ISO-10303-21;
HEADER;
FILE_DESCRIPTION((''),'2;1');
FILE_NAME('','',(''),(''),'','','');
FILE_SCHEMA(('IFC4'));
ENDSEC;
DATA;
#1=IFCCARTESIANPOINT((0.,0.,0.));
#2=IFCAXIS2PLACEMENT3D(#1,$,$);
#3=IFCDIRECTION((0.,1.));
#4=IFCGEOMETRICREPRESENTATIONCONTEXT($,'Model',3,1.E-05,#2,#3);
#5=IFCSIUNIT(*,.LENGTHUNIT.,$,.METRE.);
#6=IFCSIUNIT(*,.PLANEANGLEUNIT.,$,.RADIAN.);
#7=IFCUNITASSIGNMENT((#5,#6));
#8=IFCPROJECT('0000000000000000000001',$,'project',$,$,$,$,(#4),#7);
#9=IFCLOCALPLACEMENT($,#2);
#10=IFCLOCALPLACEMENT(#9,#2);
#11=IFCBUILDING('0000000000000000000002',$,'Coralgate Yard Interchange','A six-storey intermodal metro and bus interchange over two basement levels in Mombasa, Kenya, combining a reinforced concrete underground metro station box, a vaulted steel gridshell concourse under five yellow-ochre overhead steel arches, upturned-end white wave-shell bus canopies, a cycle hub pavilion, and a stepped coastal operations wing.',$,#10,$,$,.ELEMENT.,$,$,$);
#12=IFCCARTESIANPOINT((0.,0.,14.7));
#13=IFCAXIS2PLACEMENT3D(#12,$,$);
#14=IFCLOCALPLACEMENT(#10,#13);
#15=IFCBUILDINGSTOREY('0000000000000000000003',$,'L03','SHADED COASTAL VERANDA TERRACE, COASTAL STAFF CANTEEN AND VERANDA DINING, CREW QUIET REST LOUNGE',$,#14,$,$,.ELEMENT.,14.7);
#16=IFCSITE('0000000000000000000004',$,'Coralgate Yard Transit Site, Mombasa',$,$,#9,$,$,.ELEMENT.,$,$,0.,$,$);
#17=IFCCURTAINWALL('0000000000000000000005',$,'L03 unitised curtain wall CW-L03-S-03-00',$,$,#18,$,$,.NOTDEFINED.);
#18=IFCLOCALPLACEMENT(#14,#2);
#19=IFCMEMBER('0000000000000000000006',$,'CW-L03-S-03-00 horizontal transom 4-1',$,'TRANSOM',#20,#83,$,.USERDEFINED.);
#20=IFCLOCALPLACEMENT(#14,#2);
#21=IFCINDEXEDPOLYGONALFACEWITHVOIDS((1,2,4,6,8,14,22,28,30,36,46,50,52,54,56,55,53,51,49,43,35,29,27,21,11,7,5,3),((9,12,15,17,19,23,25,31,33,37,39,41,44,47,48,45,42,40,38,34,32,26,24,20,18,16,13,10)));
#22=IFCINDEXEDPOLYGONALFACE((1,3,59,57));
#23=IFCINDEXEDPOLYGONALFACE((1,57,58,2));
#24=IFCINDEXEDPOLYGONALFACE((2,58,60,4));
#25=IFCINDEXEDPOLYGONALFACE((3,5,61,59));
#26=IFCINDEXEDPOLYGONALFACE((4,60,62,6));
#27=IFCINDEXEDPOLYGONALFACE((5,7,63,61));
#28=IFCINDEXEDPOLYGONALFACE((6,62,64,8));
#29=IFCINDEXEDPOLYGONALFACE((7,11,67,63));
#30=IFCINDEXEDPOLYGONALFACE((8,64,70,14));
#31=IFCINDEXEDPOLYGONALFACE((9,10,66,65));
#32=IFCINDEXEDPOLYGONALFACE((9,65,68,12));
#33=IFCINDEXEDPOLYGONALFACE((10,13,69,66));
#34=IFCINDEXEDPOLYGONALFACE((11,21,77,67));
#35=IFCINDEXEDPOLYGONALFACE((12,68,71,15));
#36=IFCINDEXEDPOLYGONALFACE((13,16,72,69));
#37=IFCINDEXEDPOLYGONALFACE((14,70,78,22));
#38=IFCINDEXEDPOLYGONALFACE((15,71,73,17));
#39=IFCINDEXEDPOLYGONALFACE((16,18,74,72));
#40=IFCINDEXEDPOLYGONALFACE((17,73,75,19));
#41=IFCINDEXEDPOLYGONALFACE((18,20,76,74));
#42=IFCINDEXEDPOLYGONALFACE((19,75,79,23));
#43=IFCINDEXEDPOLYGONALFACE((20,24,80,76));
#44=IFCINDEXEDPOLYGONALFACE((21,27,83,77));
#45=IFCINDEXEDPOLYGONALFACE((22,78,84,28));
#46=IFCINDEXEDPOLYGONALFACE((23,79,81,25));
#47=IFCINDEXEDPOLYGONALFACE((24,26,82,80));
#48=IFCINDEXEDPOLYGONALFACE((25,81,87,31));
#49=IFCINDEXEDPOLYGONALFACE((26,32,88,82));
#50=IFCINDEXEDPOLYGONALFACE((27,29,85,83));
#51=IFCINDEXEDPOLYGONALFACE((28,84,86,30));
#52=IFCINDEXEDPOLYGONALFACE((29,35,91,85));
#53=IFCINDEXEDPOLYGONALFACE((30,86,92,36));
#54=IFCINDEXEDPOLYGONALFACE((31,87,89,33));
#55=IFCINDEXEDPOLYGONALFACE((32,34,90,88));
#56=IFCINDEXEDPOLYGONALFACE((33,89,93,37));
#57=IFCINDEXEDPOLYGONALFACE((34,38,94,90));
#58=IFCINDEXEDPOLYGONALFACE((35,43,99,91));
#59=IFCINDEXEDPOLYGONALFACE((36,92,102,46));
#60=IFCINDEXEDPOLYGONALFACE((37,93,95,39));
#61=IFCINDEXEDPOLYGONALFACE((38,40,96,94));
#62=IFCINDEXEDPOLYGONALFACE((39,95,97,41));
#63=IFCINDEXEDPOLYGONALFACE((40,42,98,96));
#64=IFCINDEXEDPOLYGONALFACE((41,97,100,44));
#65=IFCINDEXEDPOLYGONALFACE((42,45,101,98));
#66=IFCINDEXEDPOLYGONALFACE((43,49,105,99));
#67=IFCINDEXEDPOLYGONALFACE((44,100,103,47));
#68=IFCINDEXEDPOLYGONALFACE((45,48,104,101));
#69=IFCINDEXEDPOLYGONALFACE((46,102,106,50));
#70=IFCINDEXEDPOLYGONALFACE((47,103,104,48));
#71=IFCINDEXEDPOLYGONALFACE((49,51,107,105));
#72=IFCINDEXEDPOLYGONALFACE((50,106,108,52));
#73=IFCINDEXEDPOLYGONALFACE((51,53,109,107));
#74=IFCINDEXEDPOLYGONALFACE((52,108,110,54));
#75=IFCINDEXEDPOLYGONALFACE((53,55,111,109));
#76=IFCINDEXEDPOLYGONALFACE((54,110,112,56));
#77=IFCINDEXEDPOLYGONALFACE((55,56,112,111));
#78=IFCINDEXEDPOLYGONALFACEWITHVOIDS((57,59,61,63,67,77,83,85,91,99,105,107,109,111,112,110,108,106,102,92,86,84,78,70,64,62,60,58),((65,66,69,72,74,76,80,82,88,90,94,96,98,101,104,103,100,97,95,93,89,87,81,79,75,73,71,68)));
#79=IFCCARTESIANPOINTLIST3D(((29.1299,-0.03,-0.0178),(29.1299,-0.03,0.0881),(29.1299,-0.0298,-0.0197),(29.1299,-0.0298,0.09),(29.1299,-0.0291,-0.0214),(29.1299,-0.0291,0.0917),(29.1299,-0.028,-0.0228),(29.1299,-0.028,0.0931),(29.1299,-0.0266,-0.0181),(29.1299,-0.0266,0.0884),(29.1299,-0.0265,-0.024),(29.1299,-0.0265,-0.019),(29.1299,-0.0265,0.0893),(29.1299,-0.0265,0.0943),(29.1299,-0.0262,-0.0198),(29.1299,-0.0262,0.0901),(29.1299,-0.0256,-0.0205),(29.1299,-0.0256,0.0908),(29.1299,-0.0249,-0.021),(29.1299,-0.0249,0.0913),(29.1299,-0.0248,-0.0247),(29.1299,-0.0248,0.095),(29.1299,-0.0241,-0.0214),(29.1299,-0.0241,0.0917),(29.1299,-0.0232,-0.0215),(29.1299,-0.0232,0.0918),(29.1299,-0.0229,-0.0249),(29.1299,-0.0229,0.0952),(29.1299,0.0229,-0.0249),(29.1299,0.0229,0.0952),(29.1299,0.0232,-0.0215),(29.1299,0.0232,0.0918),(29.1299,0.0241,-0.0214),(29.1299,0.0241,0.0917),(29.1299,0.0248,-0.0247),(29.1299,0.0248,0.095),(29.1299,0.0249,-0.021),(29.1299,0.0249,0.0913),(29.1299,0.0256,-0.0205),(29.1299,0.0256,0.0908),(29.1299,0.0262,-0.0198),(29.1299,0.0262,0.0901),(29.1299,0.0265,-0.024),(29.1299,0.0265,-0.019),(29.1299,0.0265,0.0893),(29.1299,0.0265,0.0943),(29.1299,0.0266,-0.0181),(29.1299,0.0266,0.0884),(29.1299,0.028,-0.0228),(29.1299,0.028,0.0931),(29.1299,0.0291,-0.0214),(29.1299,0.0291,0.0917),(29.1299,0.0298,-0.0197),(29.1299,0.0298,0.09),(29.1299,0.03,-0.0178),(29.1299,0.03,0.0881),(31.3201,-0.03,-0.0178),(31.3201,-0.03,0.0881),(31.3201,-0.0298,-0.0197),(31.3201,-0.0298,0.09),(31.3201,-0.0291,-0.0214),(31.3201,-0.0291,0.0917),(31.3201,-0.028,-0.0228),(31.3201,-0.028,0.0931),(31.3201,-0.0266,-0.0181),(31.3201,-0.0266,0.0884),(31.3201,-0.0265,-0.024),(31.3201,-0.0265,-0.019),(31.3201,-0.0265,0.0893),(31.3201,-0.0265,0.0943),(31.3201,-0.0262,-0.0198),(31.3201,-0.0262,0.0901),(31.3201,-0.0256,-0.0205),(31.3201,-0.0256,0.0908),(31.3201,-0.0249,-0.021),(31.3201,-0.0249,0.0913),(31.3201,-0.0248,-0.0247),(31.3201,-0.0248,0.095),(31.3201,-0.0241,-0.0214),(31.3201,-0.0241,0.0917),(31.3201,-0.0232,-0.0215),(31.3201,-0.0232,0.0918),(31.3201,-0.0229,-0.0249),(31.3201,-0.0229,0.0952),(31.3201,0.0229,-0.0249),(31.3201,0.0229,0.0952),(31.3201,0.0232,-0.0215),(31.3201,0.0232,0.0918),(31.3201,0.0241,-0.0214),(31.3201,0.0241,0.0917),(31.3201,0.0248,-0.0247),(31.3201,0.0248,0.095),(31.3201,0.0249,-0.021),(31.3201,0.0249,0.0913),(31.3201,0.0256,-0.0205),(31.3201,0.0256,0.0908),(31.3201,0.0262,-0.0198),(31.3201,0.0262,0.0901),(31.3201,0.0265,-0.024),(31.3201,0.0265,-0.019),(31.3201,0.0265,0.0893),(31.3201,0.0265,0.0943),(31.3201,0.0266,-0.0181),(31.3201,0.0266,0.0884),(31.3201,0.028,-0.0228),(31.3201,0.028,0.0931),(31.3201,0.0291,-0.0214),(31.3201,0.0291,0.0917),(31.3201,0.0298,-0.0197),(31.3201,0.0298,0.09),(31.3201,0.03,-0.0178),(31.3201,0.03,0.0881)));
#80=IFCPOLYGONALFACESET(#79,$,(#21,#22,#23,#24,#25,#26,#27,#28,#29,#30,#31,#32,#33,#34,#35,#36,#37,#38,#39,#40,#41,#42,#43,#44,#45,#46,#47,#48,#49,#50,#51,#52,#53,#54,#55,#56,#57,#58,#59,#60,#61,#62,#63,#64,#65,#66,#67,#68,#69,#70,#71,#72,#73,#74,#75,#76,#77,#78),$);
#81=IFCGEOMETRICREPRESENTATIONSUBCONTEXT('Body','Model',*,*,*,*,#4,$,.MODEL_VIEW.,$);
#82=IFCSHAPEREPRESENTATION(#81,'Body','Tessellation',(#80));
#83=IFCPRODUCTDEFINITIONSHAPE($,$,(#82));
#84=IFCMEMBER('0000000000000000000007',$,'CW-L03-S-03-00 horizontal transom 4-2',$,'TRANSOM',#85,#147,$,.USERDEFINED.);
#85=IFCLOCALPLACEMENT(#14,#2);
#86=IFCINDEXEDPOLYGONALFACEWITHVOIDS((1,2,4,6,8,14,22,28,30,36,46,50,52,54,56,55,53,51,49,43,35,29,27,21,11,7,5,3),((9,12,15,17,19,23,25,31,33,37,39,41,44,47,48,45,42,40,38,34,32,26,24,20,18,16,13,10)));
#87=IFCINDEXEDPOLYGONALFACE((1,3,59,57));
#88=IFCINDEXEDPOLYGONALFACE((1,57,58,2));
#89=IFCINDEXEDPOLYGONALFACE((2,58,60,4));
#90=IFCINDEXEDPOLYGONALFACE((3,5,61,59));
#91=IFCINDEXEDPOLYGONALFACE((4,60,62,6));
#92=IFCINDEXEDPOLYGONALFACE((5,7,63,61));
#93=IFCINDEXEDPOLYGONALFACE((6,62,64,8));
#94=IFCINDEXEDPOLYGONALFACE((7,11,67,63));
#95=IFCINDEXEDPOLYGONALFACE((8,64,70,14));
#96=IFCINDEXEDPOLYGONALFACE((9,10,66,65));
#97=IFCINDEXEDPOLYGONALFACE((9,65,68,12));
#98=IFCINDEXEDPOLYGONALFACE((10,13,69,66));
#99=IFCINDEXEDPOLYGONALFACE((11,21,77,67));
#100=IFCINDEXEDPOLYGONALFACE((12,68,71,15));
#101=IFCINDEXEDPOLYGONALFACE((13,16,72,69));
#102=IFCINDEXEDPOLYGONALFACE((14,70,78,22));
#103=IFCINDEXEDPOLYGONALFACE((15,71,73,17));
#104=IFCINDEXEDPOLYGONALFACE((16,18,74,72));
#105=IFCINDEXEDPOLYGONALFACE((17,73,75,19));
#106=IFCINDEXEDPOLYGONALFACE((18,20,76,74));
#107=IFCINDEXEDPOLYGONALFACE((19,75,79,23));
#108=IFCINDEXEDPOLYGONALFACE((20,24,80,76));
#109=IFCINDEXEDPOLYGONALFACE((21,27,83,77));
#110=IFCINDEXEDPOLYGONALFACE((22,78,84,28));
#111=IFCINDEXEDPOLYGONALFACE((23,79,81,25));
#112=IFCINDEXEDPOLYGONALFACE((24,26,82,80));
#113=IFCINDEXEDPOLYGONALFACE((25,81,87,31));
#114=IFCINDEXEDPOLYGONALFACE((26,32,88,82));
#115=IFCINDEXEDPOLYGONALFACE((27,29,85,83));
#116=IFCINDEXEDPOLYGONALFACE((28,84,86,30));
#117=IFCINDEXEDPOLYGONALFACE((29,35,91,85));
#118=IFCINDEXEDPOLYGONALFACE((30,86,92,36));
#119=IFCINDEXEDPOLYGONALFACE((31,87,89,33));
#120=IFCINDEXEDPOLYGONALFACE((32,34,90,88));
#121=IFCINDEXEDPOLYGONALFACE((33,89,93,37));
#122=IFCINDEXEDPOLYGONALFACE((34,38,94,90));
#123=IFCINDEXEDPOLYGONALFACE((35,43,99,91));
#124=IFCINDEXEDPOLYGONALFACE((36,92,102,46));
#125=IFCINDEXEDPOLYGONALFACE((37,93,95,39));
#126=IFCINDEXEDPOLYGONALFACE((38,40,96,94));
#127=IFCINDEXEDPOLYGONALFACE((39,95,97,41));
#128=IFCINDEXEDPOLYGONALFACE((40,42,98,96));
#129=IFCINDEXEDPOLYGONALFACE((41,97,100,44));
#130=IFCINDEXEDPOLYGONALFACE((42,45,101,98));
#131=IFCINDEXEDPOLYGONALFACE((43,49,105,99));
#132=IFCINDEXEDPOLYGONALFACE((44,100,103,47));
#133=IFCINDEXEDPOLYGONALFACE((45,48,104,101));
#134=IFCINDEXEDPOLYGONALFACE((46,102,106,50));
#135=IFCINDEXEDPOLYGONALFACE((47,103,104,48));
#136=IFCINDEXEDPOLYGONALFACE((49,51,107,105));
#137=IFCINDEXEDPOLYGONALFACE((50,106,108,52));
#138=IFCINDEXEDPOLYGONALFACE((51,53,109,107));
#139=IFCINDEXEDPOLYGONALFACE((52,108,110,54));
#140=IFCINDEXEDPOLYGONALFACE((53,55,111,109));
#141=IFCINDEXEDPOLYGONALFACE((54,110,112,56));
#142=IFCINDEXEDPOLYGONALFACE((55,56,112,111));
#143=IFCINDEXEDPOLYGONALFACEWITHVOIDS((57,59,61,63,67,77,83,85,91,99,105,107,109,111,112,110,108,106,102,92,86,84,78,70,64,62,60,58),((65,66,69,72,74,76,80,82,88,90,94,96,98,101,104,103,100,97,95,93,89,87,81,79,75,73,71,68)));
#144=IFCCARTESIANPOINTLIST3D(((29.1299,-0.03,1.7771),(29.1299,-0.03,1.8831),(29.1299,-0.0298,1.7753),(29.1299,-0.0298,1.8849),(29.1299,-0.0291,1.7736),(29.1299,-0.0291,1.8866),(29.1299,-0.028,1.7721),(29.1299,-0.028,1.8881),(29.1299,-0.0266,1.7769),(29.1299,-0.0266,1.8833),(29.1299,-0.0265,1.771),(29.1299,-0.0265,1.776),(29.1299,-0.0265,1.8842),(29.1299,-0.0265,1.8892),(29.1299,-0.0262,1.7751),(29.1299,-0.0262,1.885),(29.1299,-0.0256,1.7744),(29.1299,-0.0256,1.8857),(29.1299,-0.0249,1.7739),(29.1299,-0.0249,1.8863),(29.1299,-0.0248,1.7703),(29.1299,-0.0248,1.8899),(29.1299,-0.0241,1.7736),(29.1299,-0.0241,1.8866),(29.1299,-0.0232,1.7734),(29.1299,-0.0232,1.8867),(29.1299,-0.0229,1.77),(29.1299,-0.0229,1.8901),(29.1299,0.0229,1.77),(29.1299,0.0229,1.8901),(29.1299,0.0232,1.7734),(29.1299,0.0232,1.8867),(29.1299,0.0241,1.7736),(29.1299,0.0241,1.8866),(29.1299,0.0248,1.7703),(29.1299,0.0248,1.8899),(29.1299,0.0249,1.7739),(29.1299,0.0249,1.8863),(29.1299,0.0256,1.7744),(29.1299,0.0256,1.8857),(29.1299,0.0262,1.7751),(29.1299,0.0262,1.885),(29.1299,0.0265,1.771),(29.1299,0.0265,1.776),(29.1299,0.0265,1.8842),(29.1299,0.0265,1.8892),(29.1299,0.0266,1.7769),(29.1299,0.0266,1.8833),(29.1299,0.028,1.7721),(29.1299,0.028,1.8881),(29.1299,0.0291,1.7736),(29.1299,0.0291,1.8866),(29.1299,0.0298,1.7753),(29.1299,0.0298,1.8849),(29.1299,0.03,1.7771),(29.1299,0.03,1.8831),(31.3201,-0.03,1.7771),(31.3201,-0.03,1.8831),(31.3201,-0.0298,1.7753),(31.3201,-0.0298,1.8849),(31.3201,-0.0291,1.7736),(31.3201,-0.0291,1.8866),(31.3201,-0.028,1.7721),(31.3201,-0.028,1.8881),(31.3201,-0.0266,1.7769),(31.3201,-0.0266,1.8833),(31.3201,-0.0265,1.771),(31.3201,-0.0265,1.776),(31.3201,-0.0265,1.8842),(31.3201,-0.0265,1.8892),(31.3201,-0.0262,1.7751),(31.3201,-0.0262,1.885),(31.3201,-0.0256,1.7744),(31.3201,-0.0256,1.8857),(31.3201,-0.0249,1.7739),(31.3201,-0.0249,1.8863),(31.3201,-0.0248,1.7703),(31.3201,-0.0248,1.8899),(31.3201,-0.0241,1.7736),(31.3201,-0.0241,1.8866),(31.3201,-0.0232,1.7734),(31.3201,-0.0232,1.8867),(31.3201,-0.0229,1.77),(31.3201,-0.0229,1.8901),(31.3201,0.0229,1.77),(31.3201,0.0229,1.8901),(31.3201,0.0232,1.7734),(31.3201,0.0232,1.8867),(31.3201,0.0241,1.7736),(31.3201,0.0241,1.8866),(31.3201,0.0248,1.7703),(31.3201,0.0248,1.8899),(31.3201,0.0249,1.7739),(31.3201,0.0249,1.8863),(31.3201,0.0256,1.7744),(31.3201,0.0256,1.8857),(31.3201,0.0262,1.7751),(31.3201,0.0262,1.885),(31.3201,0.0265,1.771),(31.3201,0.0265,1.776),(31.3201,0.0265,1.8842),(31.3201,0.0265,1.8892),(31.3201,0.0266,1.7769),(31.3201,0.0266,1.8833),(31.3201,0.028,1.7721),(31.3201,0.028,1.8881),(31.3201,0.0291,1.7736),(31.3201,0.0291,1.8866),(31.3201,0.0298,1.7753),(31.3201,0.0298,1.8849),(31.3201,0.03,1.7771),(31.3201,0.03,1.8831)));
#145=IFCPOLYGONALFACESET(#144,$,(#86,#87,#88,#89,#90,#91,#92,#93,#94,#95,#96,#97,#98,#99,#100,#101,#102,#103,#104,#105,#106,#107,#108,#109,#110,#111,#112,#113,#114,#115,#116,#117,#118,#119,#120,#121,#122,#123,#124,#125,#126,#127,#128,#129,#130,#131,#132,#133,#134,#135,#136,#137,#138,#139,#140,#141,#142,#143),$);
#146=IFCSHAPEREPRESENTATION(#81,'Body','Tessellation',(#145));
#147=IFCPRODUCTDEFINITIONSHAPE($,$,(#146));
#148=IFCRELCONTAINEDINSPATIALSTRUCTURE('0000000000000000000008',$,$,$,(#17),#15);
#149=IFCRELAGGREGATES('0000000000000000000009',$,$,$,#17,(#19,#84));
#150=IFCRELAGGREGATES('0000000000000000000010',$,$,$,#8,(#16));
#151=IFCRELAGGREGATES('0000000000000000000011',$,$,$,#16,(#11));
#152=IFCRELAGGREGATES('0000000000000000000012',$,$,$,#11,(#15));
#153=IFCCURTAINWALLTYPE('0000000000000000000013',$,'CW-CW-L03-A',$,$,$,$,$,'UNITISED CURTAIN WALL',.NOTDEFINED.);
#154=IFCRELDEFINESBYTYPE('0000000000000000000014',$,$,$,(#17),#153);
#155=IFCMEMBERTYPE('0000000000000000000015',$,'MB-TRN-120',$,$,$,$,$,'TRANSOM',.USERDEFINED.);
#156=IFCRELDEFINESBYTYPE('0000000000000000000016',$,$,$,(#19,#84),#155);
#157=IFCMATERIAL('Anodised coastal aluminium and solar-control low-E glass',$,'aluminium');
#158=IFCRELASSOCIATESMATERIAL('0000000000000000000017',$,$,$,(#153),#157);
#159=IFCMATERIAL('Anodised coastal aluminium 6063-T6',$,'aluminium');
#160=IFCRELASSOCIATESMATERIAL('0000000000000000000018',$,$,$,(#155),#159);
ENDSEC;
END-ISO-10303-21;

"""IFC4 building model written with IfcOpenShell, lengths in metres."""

from ifc_helpers import new_model, si_unit, direction, frame, origin, origin_2d, place, context, subcontext, project, spatial, hollow_rectangle, extrude, material, material_profile, profile_set, type_object, element, aggregate, save


model = new_model("IFC4")

# Units and contexts
model_context = context("Model", 3, precision=1e-05, world=origin(), true_north=direction((0.0, 1.0)))
body_context = subcontext(model_context, "Body", "Model", "MODEL_VIEW")
ifc_project = project(units=[si_unit("LENGTHUNIT", "METRE"), si_unit("PLANEANGLEUNIT", "RADIAN")], contexts=[model_context])

# Site, building, storey
site_placement = place(None, origin())
site = spatial("IfcSite", under=ifc_project, at=site_placement, Name="Coralgate Yard Transit Site, Mombasa", CompositionType="ELEMENT", RefElevation=0.0)
building_placement = place(site_placement, origin())
building = spatial("IfcBuilding", under=site, at=building_placement, Name="Coralgate Yard Interchange", Description="A six-storey intermodal metro and bus interchange over two basement levels in Mombasa, Kenya, combining a reinforced concrete underground metro station box, a vaulted steel gridshell concourse under five yellow-ochre overhead steel arches, upturned-end white wave-shell bus canopies, a cycle hub pavilion, and a stepped coastal operations wing.", CompositionType="ELEMENT")
storey_placement = place(building_placement, frame((0.0, 0.0, 14.7)))
storey = spatial("IfcBuildingStorey", under=building, at=storey_placement, Name="L03", Description="SHADED COASTAL VERANDA TERRACE, COASTAL STAFF CANTEEN AND VERANDA DINING, CREW QUIET REST LOUNGE", CompositionType="ELEMENT", Elevation=14.7)

# Curtain wall, members
ifc_material_1 = material(Name="Anodised coastal aluminium and solar-control low-E glass", Category="aluminium")
curtain_wall_type = type_object("IfcCurtainWallType", Name="CW-CW-L03-A", ElementType="UNITISED CURTAIN WALL", PredefinedType="NOTDEFINED", material=ifc_material_1)
curtain_wall_placement = place(storey_placement, origin())
curtain_wall = element("IfcCurtainWall", 1, at=curtain_wall_placement, inside=storey, type_object=curtain_wall_type, Name="L03 unitised curtain wall CW-L03-S-03-00", PredefinedType="NOTDEFINED")
ifc_material_2 = material(Name="Anodised coastal aluminium 6063-T6", Category="aluminium")
ifc_material_profile_1 = material_profile(ifc_material_2, hollow_rectangle(XDim=0.0601, YDim=0.1201, WallThickness=0.0034, InnerFilletRadius=0.0034, OuterFilletRadius=0.0071, at=origin_2d()), Name="ALU 60x120x3.5")
ifc_profile_set_1 = profile_set([ifc_material_profile_1], Name="Anodised coastal aluminium 6063-T6")
member_type_1 = type_object("IfcMemberType", Name="MB-TRN-120", ElementType="TRANSOM", PredefinedType="USERDEFINED", material=ifc_profile_set_1)
member_1_placement = place(storey_placement, frame((31.3201, 0.0, 0.0352), z_axis=(-1.0, 0.0, 0.0), x_axis=(0.0, -1.0, 0.0)))
member_1 = element("IfcMember", 2, at=member_1_placement, type_object=member_type_1, Name="CW-L03-S-03-00 horizontal transom 4-1", ObjectType="TRANSOM", PredefinedType="USERDEFINED", context=body_context, shape_type="SweptSolid", body=[
    extrude(hollow_rectangle(XDim=0.0601, YDim=0.1201, WallThickness=0.0034, InnerFilletRadius=0.0034, OuterFilletRadius=0.0071, at=origin_2d()), origin(), (0.0, 0.0, 1.0), 2.1902),
])
member_2_placement = place(storey_placement, frame((31.3201, 0.0, 1.8301), z_axis=(-1.0, 0.0, 0.0), x_axis=(0.0, -1.0, 0.0)))
member_2 = element("IfcMember", 3, at=member_2_placement, type_object=member_type_1, Name="CW-L03-S-03-00 horizontal transom 4-2", ObjectType="TRANSOM", PredefinedType="USERDEFINED", context=body_context, shape_type="SweptSolid", body=[
    extrude(hollow_rectangle(XDim=0.0601, YDim=0.1201, WallThickness=0.0034, InnerFilletRadius=0.0034, OuterFilletRadius=0.0071, at=origin_2d()), origin(), (0.0, 0.0, 1.0), 2.1902),
])
aggregate(curtain_wall, [member_1, member_2])

save(model, "model.ifc")
